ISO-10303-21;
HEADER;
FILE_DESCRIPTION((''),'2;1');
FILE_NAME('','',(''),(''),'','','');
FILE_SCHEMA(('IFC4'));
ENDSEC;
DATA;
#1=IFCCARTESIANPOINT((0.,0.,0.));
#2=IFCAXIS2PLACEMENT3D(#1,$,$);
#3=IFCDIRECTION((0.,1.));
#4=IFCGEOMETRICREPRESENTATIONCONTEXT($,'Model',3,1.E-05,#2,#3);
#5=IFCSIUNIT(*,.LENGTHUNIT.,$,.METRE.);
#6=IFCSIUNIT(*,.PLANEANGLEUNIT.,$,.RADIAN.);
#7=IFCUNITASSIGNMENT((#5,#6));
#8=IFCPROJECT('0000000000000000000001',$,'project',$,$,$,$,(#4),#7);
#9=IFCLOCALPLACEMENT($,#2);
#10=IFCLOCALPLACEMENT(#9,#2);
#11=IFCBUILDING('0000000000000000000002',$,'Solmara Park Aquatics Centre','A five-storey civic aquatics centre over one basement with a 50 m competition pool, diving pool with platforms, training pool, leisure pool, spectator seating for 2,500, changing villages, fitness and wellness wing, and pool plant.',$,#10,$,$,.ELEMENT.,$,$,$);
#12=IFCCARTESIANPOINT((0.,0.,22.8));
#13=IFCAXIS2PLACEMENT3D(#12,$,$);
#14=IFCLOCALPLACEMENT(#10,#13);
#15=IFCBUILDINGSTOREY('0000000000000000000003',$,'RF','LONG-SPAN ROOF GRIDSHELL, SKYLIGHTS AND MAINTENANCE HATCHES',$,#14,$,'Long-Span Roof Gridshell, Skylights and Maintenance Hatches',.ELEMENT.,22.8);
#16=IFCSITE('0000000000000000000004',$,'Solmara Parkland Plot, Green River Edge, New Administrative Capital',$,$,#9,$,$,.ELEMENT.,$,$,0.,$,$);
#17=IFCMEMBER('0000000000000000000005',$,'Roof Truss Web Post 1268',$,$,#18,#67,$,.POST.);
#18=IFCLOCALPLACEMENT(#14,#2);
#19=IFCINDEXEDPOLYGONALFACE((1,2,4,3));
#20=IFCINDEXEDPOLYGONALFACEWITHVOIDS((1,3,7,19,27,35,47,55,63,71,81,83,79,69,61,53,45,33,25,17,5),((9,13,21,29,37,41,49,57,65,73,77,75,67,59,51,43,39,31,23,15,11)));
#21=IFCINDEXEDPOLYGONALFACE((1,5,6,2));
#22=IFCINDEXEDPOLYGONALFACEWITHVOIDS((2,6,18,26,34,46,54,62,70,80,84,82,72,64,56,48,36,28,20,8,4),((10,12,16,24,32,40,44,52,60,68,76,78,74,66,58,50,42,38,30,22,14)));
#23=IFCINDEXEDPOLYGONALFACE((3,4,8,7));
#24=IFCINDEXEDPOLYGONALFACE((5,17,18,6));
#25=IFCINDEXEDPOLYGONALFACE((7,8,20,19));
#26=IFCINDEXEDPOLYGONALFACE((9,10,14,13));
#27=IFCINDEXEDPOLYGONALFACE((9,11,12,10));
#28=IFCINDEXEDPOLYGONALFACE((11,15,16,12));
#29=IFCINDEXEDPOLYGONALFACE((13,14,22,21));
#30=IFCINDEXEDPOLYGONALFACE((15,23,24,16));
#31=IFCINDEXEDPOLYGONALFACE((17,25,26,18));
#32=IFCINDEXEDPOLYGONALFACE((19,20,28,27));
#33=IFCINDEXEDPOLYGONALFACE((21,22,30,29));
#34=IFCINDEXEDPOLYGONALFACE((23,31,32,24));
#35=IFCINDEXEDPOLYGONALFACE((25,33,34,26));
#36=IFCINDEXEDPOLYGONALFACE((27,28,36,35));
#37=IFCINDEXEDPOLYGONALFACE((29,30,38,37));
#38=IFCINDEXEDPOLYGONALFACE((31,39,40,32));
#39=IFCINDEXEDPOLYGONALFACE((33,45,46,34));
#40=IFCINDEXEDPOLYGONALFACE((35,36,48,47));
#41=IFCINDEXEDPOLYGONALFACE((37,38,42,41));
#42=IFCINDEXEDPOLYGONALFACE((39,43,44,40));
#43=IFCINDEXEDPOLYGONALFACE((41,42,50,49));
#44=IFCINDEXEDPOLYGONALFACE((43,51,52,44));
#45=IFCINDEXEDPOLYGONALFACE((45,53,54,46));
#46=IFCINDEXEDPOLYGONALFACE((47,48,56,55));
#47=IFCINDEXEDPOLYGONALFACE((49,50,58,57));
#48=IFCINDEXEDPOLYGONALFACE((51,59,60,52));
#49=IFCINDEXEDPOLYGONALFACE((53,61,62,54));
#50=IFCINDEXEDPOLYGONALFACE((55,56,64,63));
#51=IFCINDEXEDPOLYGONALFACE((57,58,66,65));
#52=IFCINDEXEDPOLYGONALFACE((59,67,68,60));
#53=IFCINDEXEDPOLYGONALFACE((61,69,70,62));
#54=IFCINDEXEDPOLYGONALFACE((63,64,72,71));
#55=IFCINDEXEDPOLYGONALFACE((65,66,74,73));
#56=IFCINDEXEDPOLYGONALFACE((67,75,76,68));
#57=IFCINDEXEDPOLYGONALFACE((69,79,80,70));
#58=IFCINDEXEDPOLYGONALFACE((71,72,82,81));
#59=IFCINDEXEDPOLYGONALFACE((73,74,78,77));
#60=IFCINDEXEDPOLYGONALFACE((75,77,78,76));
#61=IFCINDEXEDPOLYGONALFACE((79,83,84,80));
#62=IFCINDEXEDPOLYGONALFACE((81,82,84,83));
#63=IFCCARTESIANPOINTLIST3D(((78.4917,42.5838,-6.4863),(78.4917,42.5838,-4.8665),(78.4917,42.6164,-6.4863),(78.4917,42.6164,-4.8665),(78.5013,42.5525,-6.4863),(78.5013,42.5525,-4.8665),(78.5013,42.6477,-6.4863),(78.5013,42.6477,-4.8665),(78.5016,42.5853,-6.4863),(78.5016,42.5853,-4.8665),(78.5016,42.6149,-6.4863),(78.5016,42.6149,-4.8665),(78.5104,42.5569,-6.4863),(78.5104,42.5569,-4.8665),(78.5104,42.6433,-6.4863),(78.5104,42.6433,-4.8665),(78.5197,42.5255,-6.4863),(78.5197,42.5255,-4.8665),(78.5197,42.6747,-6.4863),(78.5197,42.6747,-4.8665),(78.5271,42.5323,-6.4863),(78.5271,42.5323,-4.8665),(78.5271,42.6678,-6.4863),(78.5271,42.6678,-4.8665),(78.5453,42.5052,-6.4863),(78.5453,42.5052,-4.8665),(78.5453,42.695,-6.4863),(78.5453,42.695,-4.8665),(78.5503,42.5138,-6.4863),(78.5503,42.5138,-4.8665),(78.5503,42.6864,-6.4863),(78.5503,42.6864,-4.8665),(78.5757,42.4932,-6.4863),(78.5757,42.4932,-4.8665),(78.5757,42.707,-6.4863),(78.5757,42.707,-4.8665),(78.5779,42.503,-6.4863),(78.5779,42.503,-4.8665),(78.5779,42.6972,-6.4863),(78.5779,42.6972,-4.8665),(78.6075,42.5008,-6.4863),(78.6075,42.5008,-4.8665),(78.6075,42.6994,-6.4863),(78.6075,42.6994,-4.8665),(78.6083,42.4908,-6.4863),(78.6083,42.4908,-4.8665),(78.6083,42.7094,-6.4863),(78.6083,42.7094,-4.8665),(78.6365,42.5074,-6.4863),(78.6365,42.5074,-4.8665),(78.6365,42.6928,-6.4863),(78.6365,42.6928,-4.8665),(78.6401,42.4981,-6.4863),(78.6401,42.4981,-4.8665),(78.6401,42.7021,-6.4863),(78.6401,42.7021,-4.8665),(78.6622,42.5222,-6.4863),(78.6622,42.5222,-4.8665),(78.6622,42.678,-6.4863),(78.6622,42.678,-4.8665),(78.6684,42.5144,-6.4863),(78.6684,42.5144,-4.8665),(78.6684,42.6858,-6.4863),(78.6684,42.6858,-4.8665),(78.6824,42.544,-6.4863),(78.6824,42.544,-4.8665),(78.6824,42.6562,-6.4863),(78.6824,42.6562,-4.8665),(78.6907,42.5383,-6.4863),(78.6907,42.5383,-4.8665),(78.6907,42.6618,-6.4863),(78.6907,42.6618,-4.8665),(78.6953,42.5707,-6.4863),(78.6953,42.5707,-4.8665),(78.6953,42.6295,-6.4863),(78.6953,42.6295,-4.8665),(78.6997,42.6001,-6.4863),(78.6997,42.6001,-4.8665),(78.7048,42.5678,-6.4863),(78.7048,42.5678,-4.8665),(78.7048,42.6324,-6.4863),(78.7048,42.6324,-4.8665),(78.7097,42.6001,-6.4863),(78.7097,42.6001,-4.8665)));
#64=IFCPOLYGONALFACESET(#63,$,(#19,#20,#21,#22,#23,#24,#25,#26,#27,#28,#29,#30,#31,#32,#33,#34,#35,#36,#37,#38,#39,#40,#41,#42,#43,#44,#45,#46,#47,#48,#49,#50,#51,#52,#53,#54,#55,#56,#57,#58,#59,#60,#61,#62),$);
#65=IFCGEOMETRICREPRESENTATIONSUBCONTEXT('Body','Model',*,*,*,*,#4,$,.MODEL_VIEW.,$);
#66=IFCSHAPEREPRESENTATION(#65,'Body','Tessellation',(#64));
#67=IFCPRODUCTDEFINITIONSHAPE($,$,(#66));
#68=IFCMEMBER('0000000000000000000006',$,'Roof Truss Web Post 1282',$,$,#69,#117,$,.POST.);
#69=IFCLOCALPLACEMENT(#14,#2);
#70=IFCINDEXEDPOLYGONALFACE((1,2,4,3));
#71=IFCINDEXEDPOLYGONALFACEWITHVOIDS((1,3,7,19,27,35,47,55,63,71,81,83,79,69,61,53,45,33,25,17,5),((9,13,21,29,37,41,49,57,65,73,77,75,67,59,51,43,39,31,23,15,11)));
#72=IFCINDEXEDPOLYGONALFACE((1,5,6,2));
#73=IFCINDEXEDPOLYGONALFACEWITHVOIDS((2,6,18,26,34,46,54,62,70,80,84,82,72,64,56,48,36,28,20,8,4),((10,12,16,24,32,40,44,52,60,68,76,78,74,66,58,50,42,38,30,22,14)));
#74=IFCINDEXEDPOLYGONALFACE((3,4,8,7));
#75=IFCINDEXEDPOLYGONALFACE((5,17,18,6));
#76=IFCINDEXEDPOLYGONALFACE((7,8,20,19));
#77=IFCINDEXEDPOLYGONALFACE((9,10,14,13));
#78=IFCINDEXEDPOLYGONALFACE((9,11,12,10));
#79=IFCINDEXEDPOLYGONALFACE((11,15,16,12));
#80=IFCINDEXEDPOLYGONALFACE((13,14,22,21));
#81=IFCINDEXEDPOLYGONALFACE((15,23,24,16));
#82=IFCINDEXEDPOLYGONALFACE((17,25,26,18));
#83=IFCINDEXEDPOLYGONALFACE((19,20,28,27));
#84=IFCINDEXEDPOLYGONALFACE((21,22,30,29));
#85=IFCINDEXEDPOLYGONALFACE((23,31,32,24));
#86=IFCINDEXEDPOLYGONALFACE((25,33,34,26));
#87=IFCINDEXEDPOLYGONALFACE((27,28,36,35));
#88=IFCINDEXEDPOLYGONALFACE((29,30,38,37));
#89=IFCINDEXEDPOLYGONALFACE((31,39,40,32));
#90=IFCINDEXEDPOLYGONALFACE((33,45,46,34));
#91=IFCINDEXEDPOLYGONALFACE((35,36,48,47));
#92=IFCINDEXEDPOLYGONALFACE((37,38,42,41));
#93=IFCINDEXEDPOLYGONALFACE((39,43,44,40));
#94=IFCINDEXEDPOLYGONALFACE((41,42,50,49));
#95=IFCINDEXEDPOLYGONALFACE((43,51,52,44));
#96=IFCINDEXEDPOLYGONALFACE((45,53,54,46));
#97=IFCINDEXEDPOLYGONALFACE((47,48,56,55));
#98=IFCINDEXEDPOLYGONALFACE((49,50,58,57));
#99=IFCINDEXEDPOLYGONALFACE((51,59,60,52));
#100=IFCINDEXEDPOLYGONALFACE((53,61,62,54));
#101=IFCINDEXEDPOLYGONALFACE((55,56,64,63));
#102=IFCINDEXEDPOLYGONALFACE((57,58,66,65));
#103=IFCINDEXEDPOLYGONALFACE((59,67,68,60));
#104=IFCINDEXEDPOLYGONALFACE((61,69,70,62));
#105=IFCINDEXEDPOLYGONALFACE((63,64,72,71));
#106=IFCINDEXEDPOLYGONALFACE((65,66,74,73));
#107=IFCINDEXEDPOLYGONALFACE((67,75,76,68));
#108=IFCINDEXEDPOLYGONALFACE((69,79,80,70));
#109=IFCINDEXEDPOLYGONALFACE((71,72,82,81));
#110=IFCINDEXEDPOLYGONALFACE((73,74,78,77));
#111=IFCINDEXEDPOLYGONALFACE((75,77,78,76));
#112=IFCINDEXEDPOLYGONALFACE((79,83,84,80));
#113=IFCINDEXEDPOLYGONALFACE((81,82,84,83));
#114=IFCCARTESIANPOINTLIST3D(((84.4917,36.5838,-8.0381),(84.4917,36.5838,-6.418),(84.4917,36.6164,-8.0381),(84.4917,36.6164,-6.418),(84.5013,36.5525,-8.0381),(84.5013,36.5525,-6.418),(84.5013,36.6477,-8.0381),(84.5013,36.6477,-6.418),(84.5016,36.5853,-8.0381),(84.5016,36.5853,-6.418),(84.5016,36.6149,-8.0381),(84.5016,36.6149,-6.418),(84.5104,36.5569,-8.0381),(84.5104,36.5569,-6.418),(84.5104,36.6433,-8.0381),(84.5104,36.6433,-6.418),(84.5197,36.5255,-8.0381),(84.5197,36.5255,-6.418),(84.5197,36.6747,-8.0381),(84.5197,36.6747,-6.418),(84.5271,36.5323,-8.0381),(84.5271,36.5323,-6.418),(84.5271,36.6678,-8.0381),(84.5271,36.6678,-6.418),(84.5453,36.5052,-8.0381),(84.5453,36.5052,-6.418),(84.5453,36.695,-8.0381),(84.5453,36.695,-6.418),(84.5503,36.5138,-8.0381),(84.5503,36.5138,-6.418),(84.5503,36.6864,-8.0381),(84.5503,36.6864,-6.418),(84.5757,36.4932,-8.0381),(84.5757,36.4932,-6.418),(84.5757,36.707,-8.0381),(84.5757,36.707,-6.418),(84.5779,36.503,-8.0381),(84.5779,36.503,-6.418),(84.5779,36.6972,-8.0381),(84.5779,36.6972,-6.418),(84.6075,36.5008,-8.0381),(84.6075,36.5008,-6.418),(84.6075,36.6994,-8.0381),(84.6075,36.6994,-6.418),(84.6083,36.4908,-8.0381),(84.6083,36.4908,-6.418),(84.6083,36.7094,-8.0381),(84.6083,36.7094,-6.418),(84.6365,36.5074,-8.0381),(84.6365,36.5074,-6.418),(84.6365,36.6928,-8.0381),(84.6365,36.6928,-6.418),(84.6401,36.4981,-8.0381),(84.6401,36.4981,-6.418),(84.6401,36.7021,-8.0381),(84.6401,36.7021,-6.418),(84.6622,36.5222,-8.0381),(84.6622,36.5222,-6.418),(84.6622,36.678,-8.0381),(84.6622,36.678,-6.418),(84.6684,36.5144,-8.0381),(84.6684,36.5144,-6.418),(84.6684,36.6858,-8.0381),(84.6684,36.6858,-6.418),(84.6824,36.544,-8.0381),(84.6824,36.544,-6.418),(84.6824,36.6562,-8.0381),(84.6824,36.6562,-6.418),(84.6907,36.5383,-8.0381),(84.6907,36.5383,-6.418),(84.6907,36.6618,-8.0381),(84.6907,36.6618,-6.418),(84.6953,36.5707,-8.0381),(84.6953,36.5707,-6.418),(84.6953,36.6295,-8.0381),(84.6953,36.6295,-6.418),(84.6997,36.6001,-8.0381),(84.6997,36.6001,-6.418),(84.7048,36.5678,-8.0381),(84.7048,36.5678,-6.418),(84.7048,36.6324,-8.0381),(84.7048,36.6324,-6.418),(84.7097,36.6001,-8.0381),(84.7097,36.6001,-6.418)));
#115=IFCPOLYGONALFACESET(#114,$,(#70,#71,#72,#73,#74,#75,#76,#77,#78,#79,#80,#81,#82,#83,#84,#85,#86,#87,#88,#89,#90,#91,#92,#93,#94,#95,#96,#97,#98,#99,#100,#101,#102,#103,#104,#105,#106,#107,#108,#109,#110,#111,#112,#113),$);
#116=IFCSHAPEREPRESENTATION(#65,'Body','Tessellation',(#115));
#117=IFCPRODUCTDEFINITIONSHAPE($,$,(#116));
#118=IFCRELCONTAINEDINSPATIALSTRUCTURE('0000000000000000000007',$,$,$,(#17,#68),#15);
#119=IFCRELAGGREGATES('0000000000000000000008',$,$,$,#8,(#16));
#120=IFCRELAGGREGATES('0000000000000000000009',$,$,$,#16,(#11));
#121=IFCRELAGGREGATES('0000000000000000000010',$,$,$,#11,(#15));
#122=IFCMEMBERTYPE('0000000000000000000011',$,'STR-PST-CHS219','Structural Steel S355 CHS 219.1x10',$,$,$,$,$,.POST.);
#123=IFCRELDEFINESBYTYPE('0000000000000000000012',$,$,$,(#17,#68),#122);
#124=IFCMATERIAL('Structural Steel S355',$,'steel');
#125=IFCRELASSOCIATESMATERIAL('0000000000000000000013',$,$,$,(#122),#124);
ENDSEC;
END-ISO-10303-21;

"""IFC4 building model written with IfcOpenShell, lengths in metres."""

from ifc_helpers import new_model, si_unit, direction, frame, origin, origin_2d, place, context, subcontext, project, spatial, hollow_circle, extrude, material, material_profile, profile_set, type_object, element, save


model = new_model("IFC4")

# Units and contexts
model_context = context("Model", 3, precision=1e-05, world=origin(), true_north=direction((0.0, 1.0)))
body_context = subcontext(model_context, "Body", "Model", "MODEL_VIEW")
ifc_project = project(units=[si_unit("LENGTHUNIT", "METRE"), si_unit("PLANEANGLEUNIT", "RADIAN")], contexts=[model_context])

# Site, building, storey
site_placement = place(None, origin())
site = spatial("IfcSite", under=ifc_project, at=site_placement, Name="Solmara Parkland Plot, Green River Edge, New Administrative Capital", CompositionType="ELEMENT", RefElevation=0.0)
building_placement = place(site_placement, origin())
building = spatial("IfcBuilding", under=site, at=building_placement, Name="Solmara Park Aquatics Centre", Description="A five-storey civic aquatics centre over one basement with a 50 m competition pool, diving pool with platforms, training pool, leisure pool, spectator seating for 2,500, changing villages, fitness and wellness wing, and pool plant.", CompositionType="ELEMENT")
storey_placement = place(building_placement, frame((0.0, 0.0, 22.8)))
storey = spatial("IfcBuildingStorey", under=building, at=storey_placement, Name="RF", Description="LONG-SPAN ROOF GRIDSHELL, SKYLIGHTS AND MAINTENANCE HATCHES", LongName="Long-Span Roof Gridshell, Skylights and Maintenance Hatches", CompositionType="ELEMENT", Elevation=22.8)

# Members
ifc_material_1 = material(Name="Structural Steel S355", Category="steel")
ifc_material_profile_1 = material_profile(ifc_material_1, hollow_circle(Radius=0.1096, WallThickness=0.01, at=origin_2d()), Name="CHS 219.1x10")
ifc_profile_set_1 = profile_set([ifc_material_profile_1], Name="Structural Steel S355")
member_type_1 = type_object("IfcMemberType", Name="STR-PST-CHS219", Description="Structural Steel S355 CHS 219.1x10", PredefinedType="POST", material=ifc_profile_set_1)
for number, where, z_axis, x_axis, name in (
    (1, (78.6001, 42.6001, -6.4863), (0.0, 0.0, 1.0), (1.0, 0.0, 0.0), "Roof Truss Web Post 1268"),
):
    element("IfcMember", number, at=place(storey_placement, frame(where, z_axis=z_axis, x_axis=x_axis)), inside=storey, type_object=member_type_1, Name=name, PredefinedType="POST", context=body_context, shape_type="SweptSolid", body=[
        extrude(hollow_circle(Radius=0.1096, WallThickness=0.01, at=origin_2d()), origin(), (0.0, 0.0, 1.0), 1.6199),
    ])
member_1_placement = place(storey_placement, frame((84.6001, 36.6001, -8.0381), z_axis=(0.0, 0.0, 1.0), x_axis=(1.0, 0.0, 0.0)))
element("IfcMember", 2, at=member_1_placement, inside=storey, type_object=member_type_1, Name="Roof Truss Web Post 1282", PredefinedType="POST", context=body_context, shape_type="SweptSolid", body=[
    extrude(hollow_circle(Radius=0.1096, WallThickness=0.01, at=origin_2d()), origin(), (0.0, 0.0, 1.0), 1.6201),
])

save(model, "model.ifc")
